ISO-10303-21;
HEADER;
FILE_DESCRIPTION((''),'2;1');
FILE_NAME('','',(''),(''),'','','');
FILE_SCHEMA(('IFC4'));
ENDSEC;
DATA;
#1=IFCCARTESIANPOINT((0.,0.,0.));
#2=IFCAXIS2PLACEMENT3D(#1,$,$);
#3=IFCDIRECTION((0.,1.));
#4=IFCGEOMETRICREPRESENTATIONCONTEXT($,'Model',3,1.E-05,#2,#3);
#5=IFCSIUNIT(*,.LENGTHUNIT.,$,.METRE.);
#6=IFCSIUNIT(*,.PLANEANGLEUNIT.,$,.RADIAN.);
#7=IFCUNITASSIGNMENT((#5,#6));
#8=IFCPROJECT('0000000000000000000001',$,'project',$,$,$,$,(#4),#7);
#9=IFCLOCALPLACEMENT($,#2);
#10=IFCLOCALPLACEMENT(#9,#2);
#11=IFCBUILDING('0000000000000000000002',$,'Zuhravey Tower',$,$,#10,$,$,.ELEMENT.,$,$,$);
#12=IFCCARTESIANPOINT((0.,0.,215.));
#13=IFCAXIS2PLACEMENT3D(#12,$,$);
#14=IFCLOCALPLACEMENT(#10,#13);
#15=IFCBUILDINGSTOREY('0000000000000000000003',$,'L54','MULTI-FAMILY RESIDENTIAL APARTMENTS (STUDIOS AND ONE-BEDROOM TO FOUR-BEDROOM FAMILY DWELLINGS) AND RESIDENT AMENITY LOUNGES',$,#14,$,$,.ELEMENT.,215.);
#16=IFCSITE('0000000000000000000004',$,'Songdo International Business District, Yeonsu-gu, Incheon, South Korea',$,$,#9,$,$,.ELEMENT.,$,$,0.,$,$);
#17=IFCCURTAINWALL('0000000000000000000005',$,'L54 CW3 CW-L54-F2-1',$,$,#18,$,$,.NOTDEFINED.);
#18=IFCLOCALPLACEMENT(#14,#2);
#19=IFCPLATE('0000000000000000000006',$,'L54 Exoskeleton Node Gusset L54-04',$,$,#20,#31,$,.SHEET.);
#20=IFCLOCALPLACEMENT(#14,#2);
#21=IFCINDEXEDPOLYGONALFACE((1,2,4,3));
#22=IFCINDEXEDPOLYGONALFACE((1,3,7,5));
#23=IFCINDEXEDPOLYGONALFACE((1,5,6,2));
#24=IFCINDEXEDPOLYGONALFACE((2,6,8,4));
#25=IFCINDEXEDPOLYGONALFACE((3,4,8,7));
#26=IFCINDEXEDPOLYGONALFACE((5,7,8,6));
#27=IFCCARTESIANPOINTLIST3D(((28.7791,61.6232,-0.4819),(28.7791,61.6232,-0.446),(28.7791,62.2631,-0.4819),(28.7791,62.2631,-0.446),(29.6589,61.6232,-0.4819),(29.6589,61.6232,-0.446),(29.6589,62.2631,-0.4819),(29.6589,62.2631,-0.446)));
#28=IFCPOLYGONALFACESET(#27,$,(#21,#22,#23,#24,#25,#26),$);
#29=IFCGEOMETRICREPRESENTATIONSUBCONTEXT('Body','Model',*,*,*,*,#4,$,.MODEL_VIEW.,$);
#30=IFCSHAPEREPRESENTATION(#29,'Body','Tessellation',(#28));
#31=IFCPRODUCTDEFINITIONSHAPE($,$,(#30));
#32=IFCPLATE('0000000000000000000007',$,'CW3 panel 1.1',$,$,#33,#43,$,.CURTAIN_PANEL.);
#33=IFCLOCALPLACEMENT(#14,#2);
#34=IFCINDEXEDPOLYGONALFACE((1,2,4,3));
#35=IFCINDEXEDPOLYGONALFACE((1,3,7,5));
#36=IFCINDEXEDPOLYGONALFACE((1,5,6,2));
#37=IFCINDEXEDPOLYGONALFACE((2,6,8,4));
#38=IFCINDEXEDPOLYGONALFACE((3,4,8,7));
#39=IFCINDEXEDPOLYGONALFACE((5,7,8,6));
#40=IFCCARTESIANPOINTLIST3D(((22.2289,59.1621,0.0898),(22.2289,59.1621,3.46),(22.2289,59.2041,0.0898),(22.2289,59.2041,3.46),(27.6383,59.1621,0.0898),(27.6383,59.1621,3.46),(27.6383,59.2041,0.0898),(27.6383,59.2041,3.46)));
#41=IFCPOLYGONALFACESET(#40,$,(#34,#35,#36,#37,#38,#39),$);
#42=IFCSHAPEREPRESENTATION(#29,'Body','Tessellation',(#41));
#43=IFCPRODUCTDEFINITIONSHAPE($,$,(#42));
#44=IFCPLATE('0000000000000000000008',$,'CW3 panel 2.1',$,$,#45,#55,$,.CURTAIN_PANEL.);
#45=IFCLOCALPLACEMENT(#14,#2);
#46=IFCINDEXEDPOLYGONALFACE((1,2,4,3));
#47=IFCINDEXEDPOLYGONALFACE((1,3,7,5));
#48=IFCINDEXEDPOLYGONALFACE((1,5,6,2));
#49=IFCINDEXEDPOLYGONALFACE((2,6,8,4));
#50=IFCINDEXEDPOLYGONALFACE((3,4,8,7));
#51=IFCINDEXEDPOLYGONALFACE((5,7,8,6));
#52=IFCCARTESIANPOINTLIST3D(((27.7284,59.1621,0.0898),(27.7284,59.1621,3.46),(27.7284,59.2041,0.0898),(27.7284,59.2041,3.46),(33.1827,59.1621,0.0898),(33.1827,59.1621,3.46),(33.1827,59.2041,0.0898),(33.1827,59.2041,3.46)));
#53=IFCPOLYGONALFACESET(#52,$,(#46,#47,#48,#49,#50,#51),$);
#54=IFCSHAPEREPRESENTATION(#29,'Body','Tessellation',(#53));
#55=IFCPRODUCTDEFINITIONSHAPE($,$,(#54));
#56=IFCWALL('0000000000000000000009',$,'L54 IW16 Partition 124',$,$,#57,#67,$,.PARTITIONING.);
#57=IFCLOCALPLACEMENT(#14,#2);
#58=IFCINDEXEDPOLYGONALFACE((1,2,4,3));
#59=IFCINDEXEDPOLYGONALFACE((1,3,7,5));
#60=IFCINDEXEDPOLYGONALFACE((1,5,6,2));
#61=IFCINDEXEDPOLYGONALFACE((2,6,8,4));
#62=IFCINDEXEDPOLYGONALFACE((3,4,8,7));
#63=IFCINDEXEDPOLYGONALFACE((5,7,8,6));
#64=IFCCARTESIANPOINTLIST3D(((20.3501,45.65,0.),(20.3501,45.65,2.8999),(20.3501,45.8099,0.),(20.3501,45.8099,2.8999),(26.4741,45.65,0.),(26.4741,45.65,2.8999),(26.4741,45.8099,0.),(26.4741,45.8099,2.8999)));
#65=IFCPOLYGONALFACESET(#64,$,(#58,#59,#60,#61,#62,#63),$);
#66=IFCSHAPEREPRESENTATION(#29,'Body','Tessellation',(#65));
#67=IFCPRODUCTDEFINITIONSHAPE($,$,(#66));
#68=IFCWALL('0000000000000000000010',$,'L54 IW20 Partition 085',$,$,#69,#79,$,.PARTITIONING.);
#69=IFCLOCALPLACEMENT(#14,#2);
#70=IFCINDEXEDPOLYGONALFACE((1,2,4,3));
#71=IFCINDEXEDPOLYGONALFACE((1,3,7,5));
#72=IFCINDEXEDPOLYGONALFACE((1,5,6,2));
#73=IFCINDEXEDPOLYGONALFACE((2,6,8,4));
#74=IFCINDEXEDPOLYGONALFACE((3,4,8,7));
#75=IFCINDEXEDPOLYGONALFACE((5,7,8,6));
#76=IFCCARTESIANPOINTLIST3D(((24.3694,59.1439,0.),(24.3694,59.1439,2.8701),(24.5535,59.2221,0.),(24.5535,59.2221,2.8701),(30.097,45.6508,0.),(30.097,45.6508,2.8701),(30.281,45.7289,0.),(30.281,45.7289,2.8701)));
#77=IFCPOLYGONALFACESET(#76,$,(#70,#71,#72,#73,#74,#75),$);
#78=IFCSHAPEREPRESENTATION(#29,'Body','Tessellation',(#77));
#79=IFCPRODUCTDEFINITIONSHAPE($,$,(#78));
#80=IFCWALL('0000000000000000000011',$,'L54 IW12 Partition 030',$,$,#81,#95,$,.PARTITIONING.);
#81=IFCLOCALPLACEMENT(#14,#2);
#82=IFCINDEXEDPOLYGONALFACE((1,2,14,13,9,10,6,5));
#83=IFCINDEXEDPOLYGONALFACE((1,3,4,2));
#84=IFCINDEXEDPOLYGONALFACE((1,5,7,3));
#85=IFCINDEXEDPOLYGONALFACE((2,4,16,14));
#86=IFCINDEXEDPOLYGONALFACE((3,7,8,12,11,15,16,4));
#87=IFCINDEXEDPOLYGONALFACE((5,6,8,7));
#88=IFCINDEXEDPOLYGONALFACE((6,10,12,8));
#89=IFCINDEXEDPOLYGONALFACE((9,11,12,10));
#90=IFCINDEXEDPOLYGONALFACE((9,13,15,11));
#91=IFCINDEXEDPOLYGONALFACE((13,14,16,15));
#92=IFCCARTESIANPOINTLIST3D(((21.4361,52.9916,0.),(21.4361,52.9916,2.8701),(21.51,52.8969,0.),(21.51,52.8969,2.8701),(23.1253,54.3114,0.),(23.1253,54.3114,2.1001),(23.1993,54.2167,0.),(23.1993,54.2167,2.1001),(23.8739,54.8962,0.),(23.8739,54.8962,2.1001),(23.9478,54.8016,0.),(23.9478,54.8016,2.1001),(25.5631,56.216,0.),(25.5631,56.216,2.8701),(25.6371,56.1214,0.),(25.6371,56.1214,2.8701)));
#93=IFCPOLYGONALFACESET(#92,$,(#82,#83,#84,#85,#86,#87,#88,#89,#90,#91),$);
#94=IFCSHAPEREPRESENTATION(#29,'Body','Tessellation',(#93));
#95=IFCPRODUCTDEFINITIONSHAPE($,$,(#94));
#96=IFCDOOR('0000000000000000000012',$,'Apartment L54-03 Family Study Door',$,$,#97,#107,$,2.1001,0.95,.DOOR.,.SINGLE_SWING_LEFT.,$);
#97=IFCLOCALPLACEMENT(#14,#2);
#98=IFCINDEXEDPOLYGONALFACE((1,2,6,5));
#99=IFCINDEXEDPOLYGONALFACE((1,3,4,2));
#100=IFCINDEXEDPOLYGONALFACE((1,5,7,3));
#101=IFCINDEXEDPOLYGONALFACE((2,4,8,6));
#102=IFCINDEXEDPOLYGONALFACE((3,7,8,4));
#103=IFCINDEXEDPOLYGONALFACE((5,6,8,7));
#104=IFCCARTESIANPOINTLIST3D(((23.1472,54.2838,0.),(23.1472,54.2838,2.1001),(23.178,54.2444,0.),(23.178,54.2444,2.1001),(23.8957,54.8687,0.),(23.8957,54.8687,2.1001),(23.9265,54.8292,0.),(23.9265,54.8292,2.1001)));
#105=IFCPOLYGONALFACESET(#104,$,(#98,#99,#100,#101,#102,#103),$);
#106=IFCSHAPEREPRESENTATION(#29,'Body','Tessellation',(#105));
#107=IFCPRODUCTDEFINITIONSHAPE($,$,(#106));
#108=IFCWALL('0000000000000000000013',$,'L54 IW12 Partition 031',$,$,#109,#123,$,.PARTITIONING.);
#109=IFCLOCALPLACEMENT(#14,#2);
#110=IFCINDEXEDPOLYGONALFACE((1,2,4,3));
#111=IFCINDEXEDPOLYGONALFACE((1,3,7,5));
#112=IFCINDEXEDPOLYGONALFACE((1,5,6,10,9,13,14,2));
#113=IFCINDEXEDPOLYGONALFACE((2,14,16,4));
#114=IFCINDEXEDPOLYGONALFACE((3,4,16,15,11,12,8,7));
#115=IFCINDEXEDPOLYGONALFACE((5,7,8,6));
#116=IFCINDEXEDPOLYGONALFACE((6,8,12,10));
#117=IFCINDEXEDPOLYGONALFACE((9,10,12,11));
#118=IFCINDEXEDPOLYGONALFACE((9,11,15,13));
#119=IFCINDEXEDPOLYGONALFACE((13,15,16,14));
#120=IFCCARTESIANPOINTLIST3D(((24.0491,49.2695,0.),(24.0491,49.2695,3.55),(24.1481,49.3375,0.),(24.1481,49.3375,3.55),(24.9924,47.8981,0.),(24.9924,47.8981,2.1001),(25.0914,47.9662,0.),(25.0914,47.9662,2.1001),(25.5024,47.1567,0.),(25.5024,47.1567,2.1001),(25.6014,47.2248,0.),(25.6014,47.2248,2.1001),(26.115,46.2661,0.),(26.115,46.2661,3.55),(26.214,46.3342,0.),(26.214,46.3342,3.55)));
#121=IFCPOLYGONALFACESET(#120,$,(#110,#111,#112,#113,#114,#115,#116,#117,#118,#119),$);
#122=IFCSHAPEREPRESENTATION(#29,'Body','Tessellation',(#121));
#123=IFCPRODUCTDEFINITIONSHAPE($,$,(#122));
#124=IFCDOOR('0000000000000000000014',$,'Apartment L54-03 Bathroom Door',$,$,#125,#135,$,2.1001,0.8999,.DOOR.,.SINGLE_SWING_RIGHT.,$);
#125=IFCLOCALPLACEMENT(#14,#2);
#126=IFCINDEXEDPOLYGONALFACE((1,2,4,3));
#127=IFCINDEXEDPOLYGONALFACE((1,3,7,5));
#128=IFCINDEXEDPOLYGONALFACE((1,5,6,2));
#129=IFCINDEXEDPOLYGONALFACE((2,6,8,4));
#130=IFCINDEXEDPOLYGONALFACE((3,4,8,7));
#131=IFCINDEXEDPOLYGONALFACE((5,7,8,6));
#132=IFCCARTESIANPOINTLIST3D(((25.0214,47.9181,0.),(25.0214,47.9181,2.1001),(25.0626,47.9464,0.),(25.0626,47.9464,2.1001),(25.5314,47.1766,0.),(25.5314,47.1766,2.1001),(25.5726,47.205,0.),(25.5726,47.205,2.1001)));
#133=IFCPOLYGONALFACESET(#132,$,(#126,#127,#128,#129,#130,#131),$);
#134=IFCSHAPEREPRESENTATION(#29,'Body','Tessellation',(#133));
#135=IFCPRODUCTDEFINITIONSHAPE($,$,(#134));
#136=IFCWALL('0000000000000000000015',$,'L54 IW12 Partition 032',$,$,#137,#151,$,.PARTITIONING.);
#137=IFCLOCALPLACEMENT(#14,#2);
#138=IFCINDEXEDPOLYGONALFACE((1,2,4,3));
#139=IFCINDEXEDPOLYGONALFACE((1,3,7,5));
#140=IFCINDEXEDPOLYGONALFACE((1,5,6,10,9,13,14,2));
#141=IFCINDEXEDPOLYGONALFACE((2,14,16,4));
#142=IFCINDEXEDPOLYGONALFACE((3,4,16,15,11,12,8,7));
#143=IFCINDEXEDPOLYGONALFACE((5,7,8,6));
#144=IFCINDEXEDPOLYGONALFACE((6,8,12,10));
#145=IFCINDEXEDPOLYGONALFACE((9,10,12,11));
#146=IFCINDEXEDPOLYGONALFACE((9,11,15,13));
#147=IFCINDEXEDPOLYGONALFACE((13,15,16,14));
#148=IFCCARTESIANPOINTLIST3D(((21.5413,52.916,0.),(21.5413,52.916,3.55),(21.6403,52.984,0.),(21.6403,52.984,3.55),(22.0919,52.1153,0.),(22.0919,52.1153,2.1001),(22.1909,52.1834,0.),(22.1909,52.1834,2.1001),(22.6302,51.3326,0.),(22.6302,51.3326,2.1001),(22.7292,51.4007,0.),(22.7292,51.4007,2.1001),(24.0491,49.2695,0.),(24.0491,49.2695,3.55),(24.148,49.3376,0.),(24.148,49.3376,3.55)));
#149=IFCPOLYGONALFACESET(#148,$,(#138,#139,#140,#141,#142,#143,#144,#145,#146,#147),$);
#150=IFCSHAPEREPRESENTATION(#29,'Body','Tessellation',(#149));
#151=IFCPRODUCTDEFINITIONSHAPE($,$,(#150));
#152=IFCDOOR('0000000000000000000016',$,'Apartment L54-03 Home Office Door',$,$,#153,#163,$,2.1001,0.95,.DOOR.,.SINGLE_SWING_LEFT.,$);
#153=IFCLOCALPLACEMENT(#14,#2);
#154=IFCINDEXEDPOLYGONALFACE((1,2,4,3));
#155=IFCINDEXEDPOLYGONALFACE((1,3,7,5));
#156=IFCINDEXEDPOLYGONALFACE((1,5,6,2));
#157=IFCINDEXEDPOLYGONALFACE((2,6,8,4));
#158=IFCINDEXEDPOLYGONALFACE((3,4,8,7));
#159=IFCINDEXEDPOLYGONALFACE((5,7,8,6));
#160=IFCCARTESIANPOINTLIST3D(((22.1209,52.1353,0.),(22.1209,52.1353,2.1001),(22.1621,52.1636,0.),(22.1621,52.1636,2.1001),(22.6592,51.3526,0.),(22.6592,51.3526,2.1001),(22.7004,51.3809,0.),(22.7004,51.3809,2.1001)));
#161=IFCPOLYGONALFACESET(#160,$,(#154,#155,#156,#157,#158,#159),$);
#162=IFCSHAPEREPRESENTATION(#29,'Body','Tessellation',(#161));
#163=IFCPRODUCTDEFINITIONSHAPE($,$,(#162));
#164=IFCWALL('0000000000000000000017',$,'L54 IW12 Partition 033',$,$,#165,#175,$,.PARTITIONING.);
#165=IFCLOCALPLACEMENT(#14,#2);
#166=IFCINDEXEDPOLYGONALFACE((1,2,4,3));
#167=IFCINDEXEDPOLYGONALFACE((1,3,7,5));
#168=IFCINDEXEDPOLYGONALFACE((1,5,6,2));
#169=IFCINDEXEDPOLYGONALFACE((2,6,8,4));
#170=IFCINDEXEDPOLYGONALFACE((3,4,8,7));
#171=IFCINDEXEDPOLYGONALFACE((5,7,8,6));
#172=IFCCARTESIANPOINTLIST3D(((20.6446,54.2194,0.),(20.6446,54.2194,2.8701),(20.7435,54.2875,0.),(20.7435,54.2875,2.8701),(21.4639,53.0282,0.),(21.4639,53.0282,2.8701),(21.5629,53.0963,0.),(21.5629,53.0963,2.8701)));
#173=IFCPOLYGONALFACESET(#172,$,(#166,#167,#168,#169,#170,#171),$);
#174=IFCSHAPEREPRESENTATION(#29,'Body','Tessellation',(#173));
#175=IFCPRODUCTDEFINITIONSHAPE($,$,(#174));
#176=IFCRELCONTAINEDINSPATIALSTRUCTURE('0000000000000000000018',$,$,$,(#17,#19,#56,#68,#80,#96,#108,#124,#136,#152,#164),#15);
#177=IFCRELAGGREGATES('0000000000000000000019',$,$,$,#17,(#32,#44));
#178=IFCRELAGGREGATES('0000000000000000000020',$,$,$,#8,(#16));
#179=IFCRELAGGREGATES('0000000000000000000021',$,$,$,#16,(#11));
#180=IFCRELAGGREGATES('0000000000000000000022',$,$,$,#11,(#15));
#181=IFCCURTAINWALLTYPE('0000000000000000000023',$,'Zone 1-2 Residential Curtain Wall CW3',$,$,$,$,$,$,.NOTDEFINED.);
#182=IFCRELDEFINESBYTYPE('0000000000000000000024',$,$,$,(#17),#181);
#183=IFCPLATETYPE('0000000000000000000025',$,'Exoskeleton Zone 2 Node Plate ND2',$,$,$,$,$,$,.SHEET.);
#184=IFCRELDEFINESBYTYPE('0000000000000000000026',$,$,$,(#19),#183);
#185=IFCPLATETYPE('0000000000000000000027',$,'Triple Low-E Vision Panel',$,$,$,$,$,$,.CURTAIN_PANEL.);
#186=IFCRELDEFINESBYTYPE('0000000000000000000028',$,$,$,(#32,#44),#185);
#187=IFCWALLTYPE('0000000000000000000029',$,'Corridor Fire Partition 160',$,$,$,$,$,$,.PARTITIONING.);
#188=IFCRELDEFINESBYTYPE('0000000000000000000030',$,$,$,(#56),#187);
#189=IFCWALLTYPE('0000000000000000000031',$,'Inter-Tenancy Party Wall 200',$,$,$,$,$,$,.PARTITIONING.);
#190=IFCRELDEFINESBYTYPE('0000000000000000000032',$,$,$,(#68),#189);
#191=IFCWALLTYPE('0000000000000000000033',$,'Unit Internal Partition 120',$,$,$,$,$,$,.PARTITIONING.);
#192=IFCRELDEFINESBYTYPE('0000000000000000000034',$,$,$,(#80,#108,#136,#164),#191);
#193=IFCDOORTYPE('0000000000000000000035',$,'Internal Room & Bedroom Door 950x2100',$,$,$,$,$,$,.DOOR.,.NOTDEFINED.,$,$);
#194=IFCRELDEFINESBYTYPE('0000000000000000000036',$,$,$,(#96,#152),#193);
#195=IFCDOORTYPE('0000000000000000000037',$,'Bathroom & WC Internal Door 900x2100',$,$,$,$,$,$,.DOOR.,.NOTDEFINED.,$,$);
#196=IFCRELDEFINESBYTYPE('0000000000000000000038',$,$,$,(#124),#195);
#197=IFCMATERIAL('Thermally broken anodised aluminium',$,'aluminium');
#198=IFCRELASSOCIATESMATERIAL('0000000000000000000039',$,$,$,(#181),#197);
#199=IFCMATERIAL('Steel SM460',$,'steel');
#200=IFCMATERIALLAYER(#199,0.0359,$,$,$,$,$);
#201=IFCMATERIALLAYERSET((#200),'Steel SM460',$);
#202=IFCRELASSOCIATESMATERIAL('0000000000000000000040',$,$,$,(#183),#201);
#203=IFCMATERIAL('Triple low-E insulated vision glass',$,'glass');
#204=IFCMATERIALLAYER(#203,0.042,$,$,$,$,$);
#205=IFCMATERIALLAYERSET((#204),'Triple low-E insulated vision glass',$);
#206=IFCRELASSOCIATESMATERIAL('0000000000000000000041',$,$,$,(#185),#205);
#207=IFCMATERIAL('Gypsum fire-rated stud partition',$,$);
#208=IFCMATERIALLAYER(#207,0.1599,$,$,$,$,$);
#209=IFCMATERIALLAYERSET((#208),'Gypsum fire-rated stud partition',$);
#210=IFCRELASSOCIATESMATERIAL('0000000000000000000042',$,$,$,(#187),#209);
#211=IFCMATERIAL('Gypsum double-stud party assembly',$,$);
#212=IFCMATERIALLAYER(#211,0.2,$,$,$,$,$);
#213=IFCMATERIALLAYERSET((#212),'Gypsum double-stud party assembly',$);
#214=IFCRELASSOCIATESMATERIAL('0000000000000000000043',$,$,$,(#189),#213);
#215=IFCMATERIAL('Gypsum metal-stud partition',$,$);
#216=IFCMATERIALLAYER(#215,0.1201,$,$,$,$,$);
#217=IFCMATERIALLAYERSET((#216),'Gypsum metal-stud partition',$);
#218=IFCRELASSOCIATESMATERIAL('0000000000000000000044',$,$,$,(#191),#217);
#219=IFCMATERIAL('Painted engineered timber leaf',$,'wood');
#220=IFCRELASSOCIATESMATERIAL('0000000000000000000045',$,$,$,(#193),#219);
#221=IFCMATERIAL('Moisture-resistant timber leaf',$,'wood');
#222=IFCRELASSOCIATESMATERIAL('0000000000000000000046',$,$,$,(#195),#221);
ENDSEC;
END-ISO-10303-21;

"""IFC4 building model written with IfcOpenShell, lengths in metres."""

from ifc_helpers import new_model, si_unit, direction, frame, frame_2d, origin, origin_2d, place, context, subcontext, project, spatial, rectangle, extrude, material, layer, layer_set, type_object, element, fill, aggregate, save


model = new_model("IFC4")

# Units and contexts
model_context = context("Model", 3, precision=1e-05, world=origin(), true_north=direction((0.0, 1.0)))
body_context = subcontext(model_context, "Body", "Model", "MODEL_VIEW")
ifc_project = project(units=[si_unit("LENGTHUNIT", "METRE"), si_unit("PLANEANGLEUNIT", "RADIAN")], contexts=[model_context])

# Site, building, storey
site_placement = place(None, origin())
site = spatial("IfcSite", under=ifc_project, at=site_placement, Name="Songdo International Business District, Yeonsu-gu, Incheon, South Korea", CompositionType="ELEMENT", RefElevation=0.0)
building_placement = place(site_placement, origin())
building = spatial("IfcBuilding", under=site, at=building_placement, Name="Zuhravey Tower", CompositionType="ELEMENT")
storey_placement = place(building_placement, frame((0.0, 0.0, 215.0)))
storey = spatial("IfcBuildingStorey", under=building, at=storey_placement, Name="L54", Description="MULTI-FAMILY RESIDENTIAL APARTMENTS (STUDIOS AND ONE-BEDROOM TO FOUR-BEDROOM FAMILY DWELLINGS) AND RESIDENT AMENITY LOUNGES", CompositionType="ELEMENT", Elevation=215.0)

# Curtain wall
ifc_material_1 = material(Name="Thermally broken anodised aluminium", Category="aluminium")
curtain_wall_type = type_object("IfcCurtainWallType", Name="Zone 1-2 Residential Curtain Wall CW3", PredefinedType="NOTDEFINED", material=ifc_material_1)
curtain_wall_placement = place(storey_placement, origin())
curtain_wall = element("IfcCurtainWall", 1, at=curtain_wall_placement, inside=storey, type_object=curtain_wall_type, Name="L54 CW3 CW-L54-F2-1", PredefinedType="NOTDEFINED")

# Shared definitions
ifc_material_2 = material(Name="Steel SM460", Category="steel")

# Plates
ifc_layer_1 = layer(ifc_material_2, 0.0359)
ifc_layer_set_1 = layer_set([ifc_layer_1], Name="Steel SM460")
plate_type_1 = type_object("IfcPlateType", Name="Exoskeleton Zone 2 Node Plate ND2", PredefinedType="SHEET", material=ifc_layer_set_1)
plate_1_placement = place(storey_placement, frame((29.219, 61.9431, -0.4819), z_axis=(0.0, 0.0, 1.0), x_axis=(-1.0, 0.0, 0.0)))
element("IfcPlate", 2, at=plate_1_placement, inside=storey, type_object=plate_type_1, Name="L54 Exoskeleton Node Gusset L54-04", PredefinedType="SHEET", context=body_context, shape_type="SweptSolid", body=[
    extrude(rectangle(XDim=0.8799, YDim=0.6399, at=origin_2d()), origin(), (0.0, 0.0, 1.0), 0.0359),
])
ifc_material_3 = material(Name="Triple low-E insulated vision glass", Category="glass")
ifc_layer_2 = layer(ifc_material_3, 0.042)
ifc_layer_set_2 = layer_set([ifc_layer_2], Name="Triple low-E insulated vision glass")
plate_type_2 = type_object("IfcPlateType", Name="Triple Low-E Vision Panel", PredefinedType="CURTAIN_PANEL", material=ifc_layer_set_2)
plate_2_placement = place(storey_placement, frame((24.9336, 59.1831, 0.0898), z_axis=(0.0, 0.0, 1.0), x_axis=(1.0, 0.0, 0.0)))
plate_2 = element("IfcPlate", 3, at=plate_2_placement, type_object=plate_type_2, Name="CW3 panel 1.1", PredefinedType="CURTAIN_PANEL", context=body_context, shape_type="SweptSolid", body=[
    extrude(rectangle(XDim=5.4094, YDim=0.042, at=origin_2d()), origin(), (0.0, 0.0, 1.0), 3.3701),
])
plate_3_placement = place(storey_placement, frame((30.4556, 59.1831, 0.0898), z_axis=(0.0, 0.0, 1.0), x_axis=(1.0, 0.0, 0.0)))
plate_3 = element("IfcPlate", 4, at=plate_3_placement, type_object=plate_type_2, Name="CW3 panel 2.1", PredefinedType="CURTAIN_PANEL", context=body_context, shape_type="SweptSolid", body=[
    extrude(rectangle(XDim=5.4543, YDim=0.042, at=origin_2d()), origin(), (0.0, 0.0, 1.0), 3.3701),
])
aggregate(curtain_wall, [plate_2, plate_3])

# Shared definitions
ifc_material_4 = material(Name="Gypsum fire-rated stud partition")
ifc_layer_3 = layer(ifc_material_4, 0.1599)
ifc_layer_set_3 = layer_set([ifc_layer_3], Name="Gypsum fire-rated stud partition")
wall_type_1 = type_object("IfcWallType", Name="Corridor Fire Partition 160", PredefinedType="PARTITIONING", material=ifc_layer_set_3)

# Walls
wall_1_placement = place(storey_placement, frame((26.4741, 45.73, 0.0), z_axis=(0.0, 0.0, 1.0), x_axis=(-1.0, 0.0, 0.0)))
element("IfcWall", 5, at=wall_1_placement, inside=storey, type_object=wall_type_1, Name="L54 IW16 Partition 124", PredefinedType="PARTITIONING", context=body_context, shape_type="SweptSolid", body=[
    extrude(rectangle(XDim=6.124, YDim=0.1599, at=frame_2d((3.062, 0.0))), origin(), (0.0, 0.0, 1.0), 2.8999),
])
ifc_material_5 = material(Name="Gypsum double-stud party assembly")
ifc_layer_4 = layer(ifc_material_5, 0.2)
ifc_layer_set_4 = layer_set([ifc_layer_4], Name="Gypsum double-stud party assembly")
wall_type_2 = type_object("IfcWallType", Name="Inter-Tenancy Party Wall 200", PredefinedType="PARTITIONING", material=ifc_layer_set_4)
wall_2_placement = place(storey_placement, frame((30.189, 45.6899, 0.0), z_axis=(0.0, 0.0, 1.0), x_axis=(-0.390733, 0.920504, 0.0)))
element("IfcWall", 6, at=wall_2_placement, inside=storey, type_object=wall_type_2, Name="L54 IW20 Partition 085", PredefinedType="PARTITIONING", context=body_context, shape_type="SweptSolid", body=[
    extrude(rectangle(XDim=14.6584, YDim=0.2, at=frame_2d((7.3291, 0.0))), origin(), (0.0, 0.0, 1.0), 2.8701),
])

# Walls, openings, doors
ifc_material_6 = material(Name="Gypsum metal-stud partition")
ifc_layer_5 = layer(ifc_material_6, 0.1201)
ifc_layer_set_5 = layer_set([ifc_layer_5], Name="Gypsum metal-stud partition")
wall_type_3 = type_object("IfcWallType", Name="Unit Internal Partition 120", PredefinedType="PARTITIONING", material=ifc_layer_set_5)
wall_3_placement = place(storey_placement, frame((25.6001, 56.1687, 0.0), z_axis=(0.0, 0.0, 1.0), x_axis=(-0.788007, -0.615666, 0.0)))
wall_3 = element("IfcWall", 7, at=wall_3_placement, inside=storey, type_object=wall_type_3, Name="L54 IW12 Partition 030", PredefinedType="PARTITIONING", context=body_context, shape_type="SweptSolid", body=[
    extrude(rectangle(XDim=5.2373, YDim=0.1201, at=frame_2d((2.6187, 0.0))), origin(), (0.0, 0.0, 1.0), 2.8701),
])
opening_1_placement = place(wall_3_placement, frame((2.1436, 0.0, 0.0)))
opening_1 = element("IfcOpeningElement", 8, at=opening_1_placement, cuts=wall_3, PredefinedType="OPENING", context=body_context, shape_type="SweptSolid", body=[
    extrude(rectangle(XDim=0.95, YDim=2.1001, at=frame_2d((0.4751, 1.05))), frame((0.0, 0.072, 0.0), z_axis=(0.0, -1.0, 0.0), x_axis=(1.0, 0.0, 0.0)), (0.0, 0.0, 1.0), 0.144),
])
ifc_material_7 = material(Name="Painted engineered timber leaf", Category="wood")
door_type_1 = type_object("IfcDoorType", Name="Internal Room & Bedroom Door 950x2100", OperationType="NOTDEFINED", PredefinedType="DOOR", material=ifc_material_7)
door_1_placement = place(opening_1_placement, frame((0.95, 0.0, 0.0), z_axis=(0.0, 0.0, 1.0), x_axis=(-1.0, 0.0, 0.0)))
door_1 = element("IfcDoor", 9, at=door_1_placement, inside=storey, type_object=door_type_1, Name="Apartment L54-03 Family Study Door", OperationType="SINGLE_SWING_LEFT", OverallHeight=2.1001, OverallWidth=0.95, PredefinedType="DOOR", context=body_context, shape_type="SweptSolid", body=[
    extrude(rectangle(XDim=0.95, YDim=2.1001, at=frame_2d((0.4751, 1.05))), frame((0.0, 0.0249, 0.0), z_axis=(0.0, -1.0, 0.0), x_axis=(1.0, 0.0, 0.0)), (0.0, 0.0, 1.0), 0.05),
])
fill(opening_1, door_1)
wall_4_placement = place(storey_placement, frame((26.1646, 46.3, 0.0), z_axis=(0.0, 0.0, 1.0), x_axis=(-0.566728, 0.823905, 0.0)))
wall_4 = element("IfcWall", 10, at=wall_4_placement, inside=storey, type_object=wall_type_3, Name="L54 IW12 Partition 031", PredefinedType="PARTITIONING", context=body_context, shape_type="SweptSolid", body=[
    extrude(rectangle(XDim=3.6453, YDim=0.1201, at=frame_2d((1.8228, 0.0))), origin(), (0.0, 0.0, 1.0), 3.55),
])
opening_2_placement = place(wall_4_placement, frame((1.0811, 0.0, 0.0)))
opening_2 = element("IfcOpeningElement", 11, at=opening_2_placement, cuts=wall_4, PredefinedType="OPENING", context=body_context, shape_type="SweptSolid", body=[
    extrude(rectangle(XDim=0.8999, YDim=2.1001, at=frame_2d((0.45, 1.05))), frame((0.0, 0.072, 0.0), z_axis=(0.0, -1.0, 0.0), x_axis=(1.0, 0.0, 0.0)), (0.0, 0.0, 1.0), 0.144),
])
ifc_material_8 = material(Name="Moisture-resistant timber leaf", Category="wood")
door_type_2 = type_object("IfcDoorType", Name="Bathroom & WC Internal Door 900x2100", OperationType="NOTDEFINED", PredefinedType="DOOR", material=ifc_material_8)
door_2_placement = place(opening_2_placement, origin())
door_2 = element("IfcDoor", 12, at=door_2_placement, inside=storey, type_object=door_type_2, Name="Apartment L54-03 Bathroom Door", OperationType="SINGLE_SWING_RIGHT", OverallHeight=2.1001, OverallWidth=0.8999, PredefinedType="DOOR", context=body_context, shape_type="SweptSolid", body=[
    extrude(rectangle(XDim=0.8999, YDim=2.1001, at=frame_2d((0.45, 1.05))), frame((0.0, 0.0249, 0.0), z_axis=(0.0, -1.0, 0.0), x_axis=(1.0, 0.0, 0.0)), (0.0, 0.0, 1.0), 0.05),
])
fill(opening_2, door_2)
wall_5_placement = place(storey_placement, frame((24.0986, 49.3035, 0.0), z_axis=(0.0, 0.0, 1.0), x_axis=(-0.56666, 0.823952, 0.0)))
wall_5 = element("IfcWall", 13, at=wall_5_placement, inside=storey, type_object=wall_type_3, Name="L54 IW12 Partition 032", PredefinedType="PARTITIONING", context=body_context, shape_type="SweptSolid", body=[
    extrude(rectangle(XDim=4.4255, YDim=0.1201, at=frame_2d((2.2129, 0.0))), origin(), (0.0, 0.0, 1.0), 3.55),
])
opening_3_placement = place(wall_5_placement, frame((2.5039, 0.0, 0.0)))
opening_3 = element("IfcOpeningElement", 14, at=opening_3_placement, cuts=wall_5, PredefinedType="OPENING", context=body_context, shape_type="SweptSolid", body=[
    extrude(rectangle(XDim=0.95, YDim=2.1001, at=frame_2d((0.4751, 1.05))), frame((0.0, 0.072, 0.0), z_axis=(0.0, -1.0, 0.0), x_axis=(1.0, 0.0, 0.0)), (0.0, 0.0, 1.0), 0.144),
])
door_3_placement = place(opening_3_placement, origin())
door_3 = element("IfcDoor", 15, at=door_3_placement, inside=storey, type_object=door_type_1, Name="Apartment L54-03 Home Office Door", OperationType="SINGLE_SWING_LEFT", OverallHeight=2.1001, OverallWidth=0.95, PredefinedType="DOOR", context=body_context, shape_type="SweptSolid", body=[
    extrude(rectangle(XDim=0.95, YDim=2.1001, at=frame_2d((0.4751, 1.05))), frame((0.0, 0.0249, 0.0), z_axis=(0.0, -1.0, 0.0), x_axis=(1.0, 0.0, 0.0)), (0.0, 0.0, 1.0), 0.05),
])
fill(opening_3, door_3)

# Wall
wall_6_placement = place(storey_placement, frame((21.5134, 53.0623, 0.0), z_axis=(0.0, 0.0, 1.0), x_axis=(-0.566722, 0.823909, 0.0)))
element("IfcWall", 16, at=wall_6_placement, inside=storey, type_object=wall_type_3, Name="L54 IW12 Partition 033", PredefinedType="PARTITIONING", context=body_context, shape_type="SweptSolid", body=[
    extrude(rectangle(XDim=1.4458, YDim=0.1201, at=frame_2d((0.7229, 0.0))), origin(), (0.0, 0.0, 1.0), 2.8701),
])

save(model, "model.ifc")
